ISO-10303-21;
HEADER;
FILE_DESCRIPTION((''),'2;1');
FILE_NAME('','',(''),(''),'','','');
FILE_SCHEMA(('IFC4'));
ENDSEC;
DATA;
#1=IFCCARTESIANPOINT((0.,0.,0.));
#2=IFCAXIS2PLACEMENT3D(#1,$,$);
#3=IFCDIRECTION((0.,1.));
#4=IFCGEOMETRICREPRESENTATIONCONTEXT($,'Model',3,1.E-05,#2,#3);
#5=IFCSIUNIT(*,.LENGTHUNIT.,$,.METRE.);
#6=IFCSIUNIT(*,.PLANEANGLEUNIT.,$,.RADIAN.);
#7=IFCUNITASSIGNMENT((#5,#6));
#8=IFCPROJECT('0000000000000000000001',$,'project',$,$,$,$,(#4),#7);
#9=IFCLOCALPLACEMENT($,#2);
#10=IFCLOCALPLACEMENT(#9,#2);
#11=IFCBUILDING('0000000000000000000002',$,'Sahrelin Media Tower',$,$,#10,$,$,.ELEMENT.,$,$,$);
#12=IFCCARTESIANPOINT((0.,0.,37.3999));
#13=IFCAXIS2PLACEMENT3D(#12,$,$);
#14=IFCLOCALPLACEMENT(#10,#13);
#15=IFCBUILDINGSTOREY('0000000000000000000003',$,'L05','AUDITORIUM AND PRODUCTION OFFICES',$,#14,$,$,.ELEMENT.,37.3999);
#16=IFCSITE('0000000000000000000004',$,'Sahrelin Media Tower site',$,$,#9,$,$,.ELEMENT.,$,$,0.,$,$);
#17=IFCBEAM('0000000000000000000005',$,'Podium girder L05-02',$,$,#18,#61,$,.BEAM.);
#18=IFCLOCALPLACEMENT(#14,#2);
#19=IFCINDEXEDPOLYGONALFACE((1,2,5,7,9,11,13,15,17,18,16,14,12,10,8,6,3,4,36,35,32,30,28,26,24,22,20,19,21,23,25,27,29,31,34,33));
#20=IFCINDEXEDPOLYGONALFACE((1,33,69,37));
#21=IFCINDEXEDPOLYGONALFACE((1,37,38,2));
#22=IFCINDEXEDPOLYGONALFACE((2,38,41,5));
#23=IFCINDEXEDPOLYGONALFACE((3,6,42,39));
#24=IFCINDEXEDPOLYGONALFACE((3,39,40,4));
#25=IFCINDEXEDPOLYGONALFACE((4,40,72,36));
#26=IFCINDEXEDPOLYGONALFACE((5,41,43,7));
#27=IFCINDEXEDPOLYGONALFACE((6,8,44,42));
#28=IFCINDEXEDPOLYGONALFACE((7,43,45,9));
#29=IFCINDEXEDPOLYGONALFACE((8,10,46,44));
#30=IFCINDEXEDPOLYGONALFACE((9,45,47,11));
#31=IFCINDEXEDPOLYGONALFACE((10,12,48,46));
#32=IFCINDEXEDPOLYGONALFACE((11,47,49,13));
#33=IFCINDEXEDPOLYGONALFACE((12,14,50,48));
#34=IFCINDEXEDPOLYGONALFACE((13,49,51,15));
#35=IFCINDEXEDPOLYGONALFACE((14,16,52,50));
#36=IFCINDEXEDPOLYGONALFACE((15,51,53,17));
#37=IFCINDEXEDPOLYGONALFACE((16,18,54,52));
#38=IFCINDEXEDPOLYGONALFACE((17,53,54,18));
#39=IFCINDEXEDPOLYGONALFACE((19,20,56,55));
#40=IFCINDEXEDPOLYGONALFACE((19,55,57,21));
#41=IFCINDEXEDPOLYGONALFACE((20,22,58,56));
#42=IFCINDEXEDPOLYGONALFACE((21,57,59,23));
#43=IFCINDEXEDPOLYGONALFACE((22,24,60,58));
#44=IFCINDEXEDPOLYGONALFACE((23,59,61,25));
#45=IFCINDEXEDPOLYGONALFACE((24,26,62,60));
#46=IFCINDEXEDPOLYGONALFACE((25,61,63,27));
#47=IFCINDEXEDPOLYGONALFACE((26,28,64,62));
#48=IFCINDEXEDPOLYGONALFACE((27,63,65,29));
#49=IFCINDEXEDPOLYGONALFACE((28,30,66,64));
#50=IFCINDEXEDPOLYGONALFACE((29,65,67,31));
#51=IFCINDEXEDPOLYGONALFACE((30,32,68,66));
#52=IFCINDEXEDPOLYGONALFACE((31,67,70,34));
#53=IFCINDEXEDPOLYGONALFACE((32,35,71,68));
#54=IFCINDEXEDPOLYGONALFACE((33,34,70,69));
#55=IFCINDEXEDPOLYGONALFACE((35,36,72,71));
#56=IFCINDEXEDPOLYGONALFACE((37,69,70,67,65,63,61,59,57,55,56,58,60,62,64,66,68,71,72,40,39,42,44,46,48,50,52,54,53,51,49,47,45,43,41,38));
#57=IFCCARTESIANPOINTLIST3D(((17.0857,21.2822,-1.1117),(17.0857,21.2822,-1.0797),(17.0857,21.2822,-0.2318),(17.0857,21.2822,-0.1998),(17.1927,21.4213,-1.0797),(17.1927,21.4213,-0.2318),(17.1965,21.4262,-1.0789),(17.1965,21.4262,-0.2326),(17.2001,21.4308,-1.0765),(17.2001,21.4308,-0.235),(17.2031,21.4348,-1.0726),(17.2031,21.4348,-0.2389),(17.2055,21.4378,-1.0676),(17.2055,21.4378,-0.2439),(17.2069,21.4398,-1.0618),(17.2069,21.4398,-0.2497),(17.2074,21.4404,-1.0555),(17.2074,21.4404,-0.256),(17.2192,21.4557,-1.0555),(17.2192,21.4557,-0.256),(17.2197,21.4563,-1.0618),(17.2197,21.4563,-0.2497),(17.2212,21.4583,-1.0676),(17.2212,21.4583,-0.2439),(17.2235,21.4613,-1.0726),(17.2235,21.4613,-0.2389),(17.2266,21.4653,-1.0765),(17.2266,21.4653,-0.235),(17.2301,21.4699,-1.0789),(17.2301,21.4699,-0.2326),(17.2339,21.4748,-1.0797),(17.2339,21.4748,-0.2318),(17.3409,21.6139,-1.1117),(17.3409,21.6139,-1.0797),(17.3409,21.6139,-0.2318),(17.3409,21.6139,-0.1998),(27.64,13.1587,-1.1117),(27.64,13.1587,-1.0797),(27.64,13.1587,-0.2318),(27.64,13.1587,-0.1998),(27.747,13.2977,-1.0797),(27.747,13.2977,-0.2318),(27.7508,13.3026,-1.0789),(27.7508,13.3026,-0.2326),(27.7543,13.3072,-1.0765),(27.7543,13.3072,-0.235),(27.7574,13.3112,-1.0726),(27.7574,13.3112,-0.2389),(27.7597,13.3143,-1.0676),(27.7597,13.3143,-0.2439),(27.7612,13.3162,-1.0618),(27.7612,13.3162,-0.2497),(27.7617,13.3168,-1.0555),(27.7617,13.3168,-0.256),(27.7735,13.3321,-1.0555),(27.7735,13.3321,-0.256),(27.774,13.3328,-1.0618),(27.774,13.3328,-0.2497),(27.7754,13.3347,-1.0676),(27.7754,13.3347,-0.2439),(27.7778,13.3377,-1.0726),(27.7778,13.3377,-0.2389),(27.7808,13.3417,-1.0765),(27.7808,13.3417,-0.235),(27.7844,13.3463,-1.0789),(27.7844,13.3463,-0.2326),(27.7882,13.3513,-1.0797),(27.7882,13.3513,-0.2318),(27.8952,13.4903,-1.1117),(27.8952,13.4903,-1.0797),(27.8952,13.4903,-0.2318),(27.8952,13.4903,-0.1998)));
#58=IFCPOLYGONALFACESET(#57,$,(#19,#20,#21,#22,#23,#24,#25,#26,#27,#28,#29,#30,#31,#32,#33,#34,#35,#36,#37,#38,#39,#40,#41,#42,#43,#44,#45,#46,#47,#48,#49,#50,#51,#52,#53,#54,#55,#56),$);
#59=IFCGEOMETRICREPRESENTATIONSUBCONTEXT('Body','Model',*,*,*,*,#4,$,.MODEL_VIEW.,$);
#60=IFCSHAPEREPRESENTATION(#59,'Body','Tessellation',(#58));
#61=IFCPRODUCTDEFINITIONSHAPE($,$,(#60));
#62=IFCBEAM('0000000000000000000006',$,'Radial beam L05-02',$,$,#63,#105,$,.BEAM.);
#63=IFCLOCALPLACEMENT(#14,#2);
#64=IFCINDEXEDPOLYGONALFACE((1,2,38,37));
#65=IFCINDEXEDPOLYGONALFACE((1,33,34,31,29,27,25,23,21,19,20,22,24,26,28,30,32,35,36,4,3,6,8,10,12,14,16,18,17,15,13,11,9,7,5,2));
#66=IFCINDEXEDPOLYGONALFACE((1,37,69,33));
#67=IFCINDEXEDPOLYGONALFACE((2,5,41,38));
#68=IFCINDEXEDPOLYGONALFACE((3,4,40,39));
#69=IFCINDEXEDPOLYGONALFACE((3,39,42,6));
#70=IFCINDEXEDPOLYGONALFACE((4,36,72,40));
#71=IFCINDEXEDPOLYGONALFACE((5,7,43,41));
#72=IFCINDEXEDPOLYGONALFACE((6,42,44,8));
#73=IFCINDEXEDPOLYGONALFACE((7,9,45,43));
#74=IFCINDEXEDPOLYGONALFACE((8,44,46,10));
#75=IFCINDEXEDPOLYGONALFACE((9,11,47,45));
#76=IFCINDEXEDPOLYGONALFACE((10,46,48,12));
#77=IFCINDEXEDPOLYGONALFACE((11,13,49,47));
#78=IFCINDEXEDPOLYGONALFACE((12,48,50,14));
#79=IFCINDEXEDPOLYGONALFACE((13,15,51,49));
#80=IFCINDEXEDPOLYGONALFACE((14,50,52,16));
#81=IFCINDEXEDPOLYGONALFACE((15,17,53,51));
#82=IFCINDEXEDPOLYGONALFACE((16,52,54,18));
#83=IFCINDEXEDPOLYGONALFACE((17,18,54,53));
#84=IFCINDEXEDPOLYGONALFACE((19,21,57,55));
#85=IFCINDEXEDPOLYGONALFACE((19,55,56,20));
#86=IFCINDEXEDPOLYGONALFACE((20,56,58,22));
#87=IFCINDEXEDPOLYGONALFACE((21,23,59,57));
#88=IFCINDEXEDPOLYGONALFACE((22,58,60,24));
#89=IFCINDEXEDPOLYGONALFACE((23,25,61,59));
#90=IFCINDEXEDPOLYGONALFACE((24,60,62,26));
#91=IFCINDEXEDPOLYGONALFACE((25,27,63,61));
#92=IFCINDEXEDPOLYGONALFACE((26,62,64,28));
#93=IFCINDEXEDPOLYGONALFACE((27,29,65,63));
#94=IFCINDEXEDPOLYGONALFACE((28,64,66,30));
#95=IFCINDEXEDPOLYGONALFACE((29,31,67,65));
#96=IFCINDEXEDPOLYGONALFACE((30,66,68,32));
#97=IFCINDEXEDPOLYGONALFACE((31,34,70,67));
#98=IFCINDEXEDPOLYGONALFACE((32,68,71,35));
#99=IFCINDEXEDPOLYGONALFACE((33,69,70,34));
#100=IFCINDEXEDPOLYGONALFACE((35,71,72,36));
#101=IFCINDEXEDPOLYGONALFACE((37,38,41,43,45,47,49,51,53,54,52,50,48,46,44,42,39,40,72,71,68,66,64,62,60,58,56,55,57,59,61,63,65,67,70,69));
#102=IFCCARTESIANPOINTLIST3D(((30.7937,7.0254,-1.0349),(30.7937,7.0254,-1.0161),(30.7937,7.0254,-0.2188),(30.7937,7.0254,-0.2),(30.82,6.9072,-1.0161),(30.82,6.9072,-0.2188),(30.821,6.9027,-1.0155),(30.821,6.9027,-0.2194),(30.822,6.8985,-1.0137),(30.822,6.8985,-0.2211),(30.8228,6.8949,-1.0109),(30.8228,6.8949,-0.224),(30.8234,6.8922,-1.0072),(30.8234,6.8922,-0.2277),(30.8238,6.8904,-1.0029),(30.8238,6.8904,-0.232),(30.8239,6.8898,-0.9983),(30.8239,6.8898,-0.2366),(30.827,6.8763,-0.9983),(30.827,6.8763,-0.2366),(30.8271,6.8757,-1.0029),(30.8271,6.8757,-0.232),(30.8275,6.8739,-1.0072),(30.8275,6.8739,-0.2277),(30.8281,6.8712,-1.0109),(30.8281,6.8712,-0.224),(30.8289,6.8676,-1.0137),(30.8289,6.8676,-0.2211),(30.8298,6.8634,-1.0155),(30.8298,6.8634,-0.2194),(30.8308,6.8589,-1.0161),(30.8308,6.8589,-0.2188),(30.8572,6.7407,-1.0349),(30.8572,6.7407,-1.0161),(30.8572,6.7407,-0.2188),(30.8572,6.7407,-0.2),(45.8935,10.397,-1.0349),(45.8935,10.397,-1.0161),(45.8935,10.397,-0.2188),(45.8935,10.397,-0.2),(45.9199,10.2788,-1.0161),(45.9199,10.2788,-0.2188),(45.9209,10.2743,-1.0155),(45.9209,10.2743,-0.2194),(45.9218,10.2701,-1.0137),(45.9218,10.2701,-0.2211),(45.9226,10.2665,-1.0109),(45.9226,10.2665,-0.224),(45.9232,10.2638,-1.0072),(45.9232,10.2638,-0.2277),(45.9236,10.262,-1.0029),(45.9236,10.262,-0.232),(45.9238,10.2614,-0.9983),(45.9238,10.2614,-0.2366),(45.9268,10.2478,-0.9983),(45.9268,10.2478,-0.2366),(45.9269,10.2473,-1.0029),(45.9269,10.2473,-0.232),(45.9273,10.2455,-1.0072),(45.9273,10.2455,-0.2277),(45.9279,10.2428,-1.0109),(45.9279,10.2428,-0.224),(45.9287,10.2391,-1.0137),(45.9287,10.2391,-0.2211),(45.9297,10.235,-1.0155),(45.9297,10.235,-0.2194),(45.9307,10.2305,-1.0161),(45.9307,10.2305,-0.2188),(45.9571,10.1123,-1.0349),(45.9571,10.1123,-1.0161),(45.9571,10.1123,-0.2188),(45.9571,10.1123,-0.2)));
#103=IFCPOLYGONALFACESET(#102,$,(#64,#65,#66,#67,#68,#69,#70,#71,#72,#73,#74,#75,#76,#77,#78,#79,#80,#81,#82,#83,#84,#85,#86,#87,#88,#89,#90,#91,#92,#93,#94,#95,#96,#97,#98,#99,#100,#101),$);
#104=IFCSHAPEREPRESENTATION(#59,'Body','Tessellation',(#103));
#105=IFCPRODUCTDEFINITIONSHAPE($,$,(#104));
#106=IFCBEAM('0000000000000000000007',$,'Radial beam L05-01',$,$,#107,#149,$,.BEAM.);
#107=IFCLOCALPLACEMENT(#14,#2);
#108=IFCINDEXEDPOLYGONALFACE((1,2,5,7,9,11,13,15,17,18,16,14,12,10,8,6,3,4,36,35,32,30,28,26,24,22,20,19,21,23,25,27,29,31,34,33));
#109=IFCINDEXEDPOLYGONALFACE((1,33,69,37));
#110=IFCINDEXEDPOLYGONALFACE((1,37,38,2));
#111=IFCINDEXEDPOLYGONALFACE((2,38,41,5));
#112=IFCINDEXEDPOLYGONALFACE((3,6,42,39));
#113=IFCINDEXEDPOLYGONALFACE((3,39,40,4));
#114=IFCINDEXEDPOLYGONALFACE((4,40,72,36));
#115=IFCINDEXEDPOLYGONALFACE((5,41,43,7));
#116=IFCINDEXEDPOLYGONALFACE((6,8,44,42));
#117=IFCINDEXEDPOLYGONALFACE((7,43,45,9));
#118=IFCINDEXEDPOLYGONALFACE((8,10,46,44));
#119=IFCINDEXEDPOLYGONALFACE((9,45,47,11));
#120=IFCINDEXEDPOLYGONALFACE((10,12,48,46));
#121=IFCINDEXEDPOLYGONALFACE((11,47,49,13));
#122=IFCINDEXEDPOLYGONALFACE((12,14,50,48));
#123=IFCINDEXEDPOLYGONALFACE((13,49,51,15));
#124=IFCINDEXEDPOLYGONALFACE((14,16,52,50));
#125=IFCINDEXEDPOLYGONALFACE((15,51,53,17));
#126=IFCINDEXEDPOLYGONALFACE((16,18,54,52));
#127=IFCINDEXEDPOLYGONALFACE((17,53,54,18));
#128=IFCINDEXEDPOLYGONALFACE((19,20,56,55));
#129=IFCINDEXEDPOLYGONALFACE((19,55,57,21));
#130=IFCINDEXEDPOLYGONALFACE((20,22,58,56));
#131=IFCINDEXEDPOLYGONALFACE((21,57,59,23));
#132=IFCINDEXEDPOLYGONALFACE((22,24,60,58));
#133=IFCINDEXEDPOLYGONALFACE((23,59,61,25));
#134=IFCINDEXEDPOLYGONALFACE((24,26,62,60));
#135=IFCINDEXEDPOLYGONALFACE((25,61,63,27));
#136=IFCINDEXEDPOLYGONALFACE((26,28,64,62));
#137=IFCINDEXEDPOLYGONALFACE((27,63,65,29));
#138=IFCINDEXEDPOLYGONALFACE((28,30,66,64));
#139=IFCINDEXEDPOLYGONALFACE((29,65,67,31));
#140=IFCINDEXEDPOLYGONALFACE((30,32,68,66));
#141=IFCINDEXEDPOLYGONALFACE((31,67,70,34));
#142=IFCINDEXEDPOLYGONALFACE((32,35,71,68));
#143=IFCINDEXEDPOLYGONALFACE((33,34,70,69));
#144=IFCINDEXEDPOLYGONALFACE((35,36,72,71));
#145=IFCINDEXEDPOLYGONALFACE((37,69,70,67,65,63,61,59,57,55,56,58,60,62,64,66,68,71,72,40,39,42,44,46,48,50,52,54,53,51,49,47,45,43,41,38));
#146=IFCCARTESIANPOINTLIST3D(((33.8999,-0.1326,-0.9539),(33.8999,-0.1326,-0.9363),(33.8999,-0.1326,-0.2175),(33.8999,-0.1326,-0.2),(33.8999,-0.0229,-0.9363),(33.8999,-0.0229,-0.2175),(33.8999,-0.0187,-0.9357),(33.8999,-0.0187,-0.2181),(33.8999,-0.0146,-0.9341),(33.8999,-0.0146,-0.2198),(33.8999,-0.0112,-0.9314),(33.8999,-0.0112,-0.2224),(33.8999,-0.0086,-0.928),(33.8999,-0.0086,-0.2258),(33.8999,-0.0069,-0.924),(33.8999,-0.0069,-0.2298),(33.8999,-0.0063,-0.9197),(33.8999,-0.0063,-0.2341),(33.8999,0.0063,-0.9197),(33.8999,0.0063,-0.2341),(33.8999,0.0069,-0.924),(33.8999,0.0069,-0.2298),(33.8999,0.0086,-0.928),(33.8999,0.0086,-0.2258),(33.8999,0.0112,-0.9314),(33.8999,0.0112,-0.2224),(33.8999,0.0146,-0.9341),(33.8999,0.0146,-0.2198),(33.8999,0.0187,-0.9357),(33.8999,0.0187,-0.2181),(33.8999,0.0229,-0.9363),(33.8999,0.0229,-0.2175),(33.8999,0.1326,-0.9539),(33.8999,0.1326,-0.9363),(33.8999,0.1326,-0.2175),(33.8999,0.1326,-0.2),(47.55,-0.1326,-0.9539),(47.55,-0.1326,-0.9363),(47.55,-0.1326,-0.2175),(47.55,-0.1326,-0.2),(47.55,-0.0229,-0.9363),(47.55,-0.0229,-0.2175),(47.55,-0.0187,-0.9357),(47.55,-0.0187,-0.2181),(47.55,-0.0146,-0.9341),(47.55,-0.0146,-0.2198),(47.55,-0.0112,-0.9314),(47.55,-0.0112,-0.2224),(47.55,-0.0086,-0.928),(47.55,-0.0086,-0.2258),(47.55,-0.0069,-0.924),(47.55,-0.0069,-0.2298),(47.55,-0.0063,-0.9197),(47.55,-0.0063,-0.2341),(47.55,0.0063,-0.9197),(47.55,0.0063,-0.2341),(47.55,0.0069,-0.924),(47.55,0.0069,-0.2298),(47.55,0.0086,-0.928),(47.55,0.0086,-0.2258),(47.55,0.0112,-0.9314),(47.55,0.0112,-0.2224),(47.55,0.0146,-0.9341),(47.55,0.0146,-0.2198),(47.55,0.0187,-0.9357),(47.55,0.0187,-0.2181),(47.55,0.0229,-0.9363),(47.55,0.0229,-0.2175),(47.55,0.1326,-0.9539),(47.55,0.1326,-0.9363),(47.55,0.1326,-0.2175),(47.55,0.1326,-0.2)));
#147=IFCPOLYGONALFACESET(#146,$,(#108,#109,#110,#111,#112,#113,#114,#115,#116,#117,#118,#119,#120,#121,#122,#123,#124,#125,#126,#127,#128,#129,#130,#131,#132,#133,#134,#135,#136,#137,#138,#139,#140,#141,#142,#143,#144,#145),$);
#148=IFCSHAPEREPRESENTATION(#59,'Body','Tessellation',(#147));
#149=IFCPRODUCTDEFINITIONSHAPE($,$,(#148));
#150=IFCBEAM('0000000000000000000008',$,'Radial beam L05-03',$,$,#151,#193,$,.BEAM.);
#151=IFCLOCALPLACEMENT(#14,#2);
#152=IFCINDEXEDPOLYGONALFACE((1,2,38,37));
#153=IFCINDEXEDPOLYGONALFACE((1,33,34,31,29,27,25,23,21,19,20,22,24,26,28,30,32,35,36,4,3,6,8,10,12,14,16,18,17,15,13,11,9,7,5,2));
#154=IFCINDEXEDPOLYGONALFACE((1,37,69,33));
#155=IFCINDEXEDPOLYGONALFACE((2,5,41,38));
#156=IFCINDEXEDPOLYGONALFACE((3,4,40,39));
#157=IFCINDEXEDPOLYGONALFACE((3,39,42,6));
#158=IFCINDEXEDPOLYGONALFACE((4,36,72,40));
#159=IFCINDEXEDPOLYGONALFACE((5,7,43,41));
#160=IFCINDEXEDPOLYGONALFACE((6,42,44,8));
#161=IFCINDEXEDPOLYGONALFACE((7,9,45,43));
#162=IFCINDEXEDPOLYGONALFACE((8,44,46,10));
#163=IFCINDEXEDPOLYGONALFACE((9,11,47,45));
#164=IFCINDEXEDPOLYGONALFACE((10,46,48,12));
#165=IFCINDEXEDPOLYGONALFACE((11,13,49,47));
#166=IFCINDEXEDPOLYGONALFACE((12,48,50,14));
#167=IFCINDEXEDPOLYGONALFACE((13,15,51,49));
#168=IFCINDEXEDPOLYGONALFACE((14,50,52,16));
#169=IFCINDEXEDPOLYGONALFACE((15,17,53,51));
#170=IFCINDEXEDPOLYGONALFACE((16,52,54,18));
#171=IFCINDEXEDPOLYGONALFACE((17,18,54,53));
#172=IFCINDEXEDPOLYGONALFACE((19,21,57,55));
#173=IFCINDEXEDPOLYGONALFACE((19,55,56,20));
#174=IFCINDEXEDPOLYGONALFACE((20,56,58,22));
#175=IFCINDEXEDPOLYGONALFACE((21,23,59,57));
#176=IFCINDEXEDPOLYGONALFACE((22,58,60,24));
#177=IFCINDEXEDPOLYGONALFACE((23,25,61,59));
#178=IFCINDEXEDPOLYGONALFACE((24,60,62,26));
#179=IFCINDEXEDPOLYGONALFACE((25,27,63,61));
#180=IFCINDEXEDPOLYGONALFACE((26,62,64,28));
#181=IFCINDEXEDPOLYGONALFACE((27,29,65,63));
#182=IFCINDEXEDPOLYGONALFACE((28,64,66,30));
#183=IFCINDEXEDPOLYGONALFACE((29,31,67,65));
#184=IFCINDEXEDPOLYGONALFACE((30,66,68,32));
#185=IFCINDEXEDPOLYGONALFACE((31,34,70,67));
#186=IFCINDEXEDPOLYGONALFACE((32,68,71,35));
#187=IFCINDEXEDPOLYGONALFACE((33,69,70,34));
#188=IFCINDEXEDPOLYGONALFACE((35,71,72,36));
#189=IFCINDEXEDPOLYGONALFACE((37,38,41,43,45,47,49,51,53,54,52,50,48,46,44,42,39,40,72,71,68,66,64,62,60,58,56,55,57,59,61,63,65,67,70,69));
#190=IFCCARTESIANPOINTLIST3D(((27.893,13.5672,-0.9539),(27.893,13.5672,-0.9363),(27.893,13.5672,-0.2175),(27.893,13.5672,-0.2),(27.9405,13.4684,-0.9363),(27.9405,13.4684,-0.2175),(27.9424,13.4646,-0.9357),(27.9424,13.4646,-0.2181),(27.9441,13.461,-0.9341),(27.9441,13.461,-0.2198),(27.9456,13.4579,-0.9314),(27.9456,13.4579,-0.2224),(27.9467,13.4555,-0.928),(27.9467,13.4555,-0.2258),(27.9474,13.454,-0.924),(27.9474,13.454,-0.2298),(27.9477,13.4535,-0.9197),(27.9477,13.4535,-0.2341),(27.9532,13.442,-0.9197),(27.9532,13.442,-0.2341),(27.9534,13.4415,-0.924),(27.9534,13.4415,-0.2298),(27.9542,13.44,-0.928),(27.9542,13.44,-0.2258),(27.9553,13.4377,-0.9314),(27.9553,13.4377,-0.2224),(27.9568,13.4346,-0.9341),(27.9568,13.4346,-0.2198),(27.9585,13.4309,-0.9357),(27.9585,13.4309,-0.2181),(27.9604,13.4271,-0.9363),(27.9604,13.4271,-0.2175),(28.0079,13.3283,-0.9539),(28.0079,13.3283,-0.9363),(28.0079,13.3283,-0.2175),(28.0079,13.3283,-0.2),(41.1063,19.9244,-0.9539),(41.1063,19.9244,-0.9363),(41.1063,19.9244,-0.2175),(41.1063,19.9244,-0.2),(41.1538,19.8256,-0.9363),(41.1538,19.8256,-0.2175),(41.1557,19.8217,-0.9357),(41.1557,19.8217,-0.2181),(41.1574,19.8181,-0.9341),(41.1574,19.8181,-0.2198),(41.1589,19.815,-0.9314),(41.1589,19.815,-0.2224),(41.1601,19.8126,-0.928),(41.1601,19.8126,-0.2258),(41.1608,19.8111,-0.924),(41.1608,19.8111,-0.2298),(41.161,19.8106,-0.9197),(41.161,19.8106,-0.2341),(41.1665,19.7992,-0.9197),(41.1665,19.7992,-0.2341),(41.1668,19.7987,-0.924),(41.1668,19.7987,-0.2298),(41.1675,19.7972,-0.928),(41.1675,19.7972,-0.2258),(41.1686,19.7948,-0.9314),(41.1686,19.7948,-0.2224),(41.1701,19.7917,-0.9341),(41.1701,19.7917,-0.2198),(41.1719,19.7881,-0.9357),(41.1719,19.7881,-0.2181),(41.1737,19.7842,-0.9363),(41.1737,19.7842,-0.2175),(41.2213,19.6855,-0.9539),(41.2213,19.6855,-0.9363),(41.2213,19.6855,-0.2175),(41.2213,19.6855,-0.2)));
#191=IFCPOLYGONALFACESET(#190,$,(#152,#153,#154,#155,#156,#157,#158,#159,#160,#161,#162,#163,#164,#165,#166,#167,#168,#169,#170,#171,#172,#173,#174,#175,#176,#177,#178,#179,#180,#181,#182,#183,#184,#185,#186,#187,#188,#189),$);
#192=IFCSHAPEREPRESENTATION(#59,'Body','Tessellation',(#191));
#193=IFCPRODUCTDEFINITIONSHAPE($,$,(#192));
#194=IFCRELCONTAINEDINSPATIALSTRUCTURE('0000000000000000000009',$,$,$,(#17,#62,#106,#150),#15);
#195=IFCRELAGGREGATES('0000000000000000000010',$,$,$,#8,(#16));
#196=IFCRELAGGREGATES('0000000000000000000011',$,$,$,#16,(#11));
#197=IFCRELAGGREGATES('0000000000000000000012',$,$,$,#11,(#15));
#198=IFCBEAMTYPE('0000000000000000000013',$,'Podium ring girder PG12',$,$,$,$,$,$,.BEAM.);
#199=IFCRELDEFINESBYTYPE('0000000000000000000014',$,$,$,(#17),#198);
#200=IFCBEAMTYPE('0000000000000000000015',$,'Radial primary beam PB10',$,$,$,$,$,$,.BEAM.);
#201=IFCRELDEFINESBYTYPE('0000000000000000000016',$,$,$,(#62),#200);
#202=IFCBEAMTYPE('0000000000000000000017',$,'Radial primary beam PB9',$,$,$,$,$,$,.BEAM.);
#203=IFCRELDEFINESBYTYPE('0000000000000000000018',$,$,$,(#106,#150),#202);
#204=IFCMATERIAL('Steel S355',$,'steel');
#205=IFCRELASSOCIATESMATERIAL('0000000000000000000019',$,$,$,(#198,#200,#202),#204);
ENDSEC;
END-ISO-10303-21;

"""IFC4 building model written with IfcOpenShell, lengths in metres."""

from ifc_helpers import new_model, si_unit, direction, frame, origin, origin_2d, place, context, subcontext, project, spatial, i_section, extrude, material, material_profile, profile_set, type_object, element, save


model = new_model("IFC4")

# Units and contexts
model_context = context("Model", 3, precision=1e-05, world=origin(), true_north=direction((0.0, 1.0)))
body_context = subcontext(model_context, "Body", "Model", "MODEL_VIEW")
ifc_project = project(units=[si_unit("LENGTHUNIT", "METRE"), si_unit("PLANEANGLEUNIT", "RADIAN")], contexts=[model_context])

# Site, building, storey
site_placement = place(None, origin())
site = spatial("IfcSite", under=ifc_project, at=site_placement, Name="Sahrelin Media Tower site", CompositionType="ELEMENT", RefElevation=0.0)
building_placement = place(site_placement, origin())
building = spatial("IfcBuilding", under=site, at=building_placement, Name="Sahrelin Media Tower", CompositionType="ELEMENT")
storey_placement = place(building_placement, frame((0.0, 0.0, 37.3999)))
storey = spatial("IfcBuildingStorey", under=building, at=storey_placement, Name="L05", Description="AUDITORIUM AND PRODUCTION OFFICES", CompositionType="ELEMENT", Elevation=37.3999)

# Beams
ifc_material_1 = material(Name="Steel S355", Category="steel")
ifc_material_profile_1 = material_profile(ifc_material_1, i_section(OverallWidth=0.4185, OverallDepth=0.9119, WebThickness=0.0193, FlangeThickness=0.032, FilletRadius=0.0242, at=origin_2d()), Name="UB 914x419x343")
ifc_profile_set_1 = profile_set([ifc_material_profile_1], Name="Steel S355")
beam_type_1 = type_object("IfcBeamType", Name="Podium ring girder PG12", PredefinedType="BEAM", material=ifc_profile_set_1)
beam_1_placement = place(storey_placement, frame((27.7676, 13.3245, -0.6558), z_axis=(-0.792445, 0.609943, 0.0), x_axis=(-0.609943, -0.792445, 0.0)))
element("IfcBeam", 1, at=beam_1_placement, inside=storey, type_object=beam_type_1, Name="Podium girder L05-02", PredefinedType="BEAM", context=body_context, shape_type="SweptSolid", body=[
    extrude(i_section(OverallWidth=0.4185, OverallDepth=0.9119, WebThickness=0.0193, FlangeThickness=0.032, FilletRadius=0.0242, at=origin_2d()), origin(), (0.0, 0.0, 1.0), 13.3186),
])
ifc_material_profile_2 = material_profile(ifc_material_1, i_section(OverallWidth=0.2917, OverallDepth=0.835, WebThickness=0.0139, FlangeThickness=0.0188, FilletRadius=0.0178, at=origin_2d()), Name="UB 838x292x176")
ifc_profile_set_2 = profile_set([ifc_material_profile_2], Name="Steel S355")
beam_type_2 = type_object("IfcBeamType", Name="Radial primary beam PB10", PredefinedType="BEAM", material=ifc_profile_set_2)
beam_2_placement = place(storey_placement, frame((30.8254, 6.8831, -0.6174), z_axis=(0.975967, 0.217919, 0.0), x_axis=(-0.217919, 0.975967, 0.0)))
element("IfcBeam", 2, at=beam_2_placement, inside=storey, type_object=beam_type_2, Name="Radial beam L05-02", PredefinedType="BEAM", context=body_context, shape_type="SweptSolid", body=[
    extrude(i_section(OverallWidth=0.2917, OverallDepth=0.835, WebThickness=0.0139, FlangeThickness=0.0188, FilletRadius=0.0178, at=origin_2d()), origin(), (0.0, 0.0, 1.0), 15.4717),
])
ifc_material_profile_3 = material_profile(ifc_material_1, i_section(OverallWidth=0.2651, OverallDepth=0.7539, WebThickness=0.0127, FlangeThickness=0.0176, FilletRadius=0.0166, at=origin_2d()), Name="UB 762x267x147")
ifc_profile_set_3 = profile_set([ifc_material_profile_3], Name="Steel S355")
beam_type_3 = type_object("IfcBeamType", Name="Radial primary beam PB9", PredefinedType="BEAM", material=ifc_profile_set_3)
beam_3_placement = place(storey_placement, frame((33.8999, 0.0, -0.5769), z_axis=(1.0, 0.0, 0.0), x_axis=(0.0, 1.0, 0.0)))
element("IfcBeam", 3, at=beam_3_placement, inside=storey, type_object=beam_type_3, Name="Radial beam L05-01", PredefinedType="BEAM", context=body_context, shape_type="SweptSolid", body=[
    extrude(i_section(OverallWidth=0.2651, OverallDepth=0.7539, WebThickness=0.0127, FlangeThickness=0.0176, FilletRadius=0.0166, at=origin_2d()), origin(), (0.0, 0.0, 1.0), 13.6501),
])
beam_4_placement = place(storey_placement, frame((27.9504, 13.4478, -0.5769), z_axis=(0.90113, 0.433549, 0.0), x_axis=(-0.433549, 0.90113, 0.0)))
element("IfcBeam", 4, at=beam_4_placement, inside=storey, type_object=beam_type_3, Name="Radial beam L05-03", PredefinedType="BEAM", context=body_context, shape_type="SweptSolid", body=[
    extrude(i_section(OverallWidth=0.2651, OverallDepth=0.7539, WebThickness=0.0127, FlangeThickness=0.0176, FilletRadius=0.0166, at=origin_2d()), origin(), (0.0, 0.0, 1.0), 14.6631),
])

save(model, "model.ifc")
